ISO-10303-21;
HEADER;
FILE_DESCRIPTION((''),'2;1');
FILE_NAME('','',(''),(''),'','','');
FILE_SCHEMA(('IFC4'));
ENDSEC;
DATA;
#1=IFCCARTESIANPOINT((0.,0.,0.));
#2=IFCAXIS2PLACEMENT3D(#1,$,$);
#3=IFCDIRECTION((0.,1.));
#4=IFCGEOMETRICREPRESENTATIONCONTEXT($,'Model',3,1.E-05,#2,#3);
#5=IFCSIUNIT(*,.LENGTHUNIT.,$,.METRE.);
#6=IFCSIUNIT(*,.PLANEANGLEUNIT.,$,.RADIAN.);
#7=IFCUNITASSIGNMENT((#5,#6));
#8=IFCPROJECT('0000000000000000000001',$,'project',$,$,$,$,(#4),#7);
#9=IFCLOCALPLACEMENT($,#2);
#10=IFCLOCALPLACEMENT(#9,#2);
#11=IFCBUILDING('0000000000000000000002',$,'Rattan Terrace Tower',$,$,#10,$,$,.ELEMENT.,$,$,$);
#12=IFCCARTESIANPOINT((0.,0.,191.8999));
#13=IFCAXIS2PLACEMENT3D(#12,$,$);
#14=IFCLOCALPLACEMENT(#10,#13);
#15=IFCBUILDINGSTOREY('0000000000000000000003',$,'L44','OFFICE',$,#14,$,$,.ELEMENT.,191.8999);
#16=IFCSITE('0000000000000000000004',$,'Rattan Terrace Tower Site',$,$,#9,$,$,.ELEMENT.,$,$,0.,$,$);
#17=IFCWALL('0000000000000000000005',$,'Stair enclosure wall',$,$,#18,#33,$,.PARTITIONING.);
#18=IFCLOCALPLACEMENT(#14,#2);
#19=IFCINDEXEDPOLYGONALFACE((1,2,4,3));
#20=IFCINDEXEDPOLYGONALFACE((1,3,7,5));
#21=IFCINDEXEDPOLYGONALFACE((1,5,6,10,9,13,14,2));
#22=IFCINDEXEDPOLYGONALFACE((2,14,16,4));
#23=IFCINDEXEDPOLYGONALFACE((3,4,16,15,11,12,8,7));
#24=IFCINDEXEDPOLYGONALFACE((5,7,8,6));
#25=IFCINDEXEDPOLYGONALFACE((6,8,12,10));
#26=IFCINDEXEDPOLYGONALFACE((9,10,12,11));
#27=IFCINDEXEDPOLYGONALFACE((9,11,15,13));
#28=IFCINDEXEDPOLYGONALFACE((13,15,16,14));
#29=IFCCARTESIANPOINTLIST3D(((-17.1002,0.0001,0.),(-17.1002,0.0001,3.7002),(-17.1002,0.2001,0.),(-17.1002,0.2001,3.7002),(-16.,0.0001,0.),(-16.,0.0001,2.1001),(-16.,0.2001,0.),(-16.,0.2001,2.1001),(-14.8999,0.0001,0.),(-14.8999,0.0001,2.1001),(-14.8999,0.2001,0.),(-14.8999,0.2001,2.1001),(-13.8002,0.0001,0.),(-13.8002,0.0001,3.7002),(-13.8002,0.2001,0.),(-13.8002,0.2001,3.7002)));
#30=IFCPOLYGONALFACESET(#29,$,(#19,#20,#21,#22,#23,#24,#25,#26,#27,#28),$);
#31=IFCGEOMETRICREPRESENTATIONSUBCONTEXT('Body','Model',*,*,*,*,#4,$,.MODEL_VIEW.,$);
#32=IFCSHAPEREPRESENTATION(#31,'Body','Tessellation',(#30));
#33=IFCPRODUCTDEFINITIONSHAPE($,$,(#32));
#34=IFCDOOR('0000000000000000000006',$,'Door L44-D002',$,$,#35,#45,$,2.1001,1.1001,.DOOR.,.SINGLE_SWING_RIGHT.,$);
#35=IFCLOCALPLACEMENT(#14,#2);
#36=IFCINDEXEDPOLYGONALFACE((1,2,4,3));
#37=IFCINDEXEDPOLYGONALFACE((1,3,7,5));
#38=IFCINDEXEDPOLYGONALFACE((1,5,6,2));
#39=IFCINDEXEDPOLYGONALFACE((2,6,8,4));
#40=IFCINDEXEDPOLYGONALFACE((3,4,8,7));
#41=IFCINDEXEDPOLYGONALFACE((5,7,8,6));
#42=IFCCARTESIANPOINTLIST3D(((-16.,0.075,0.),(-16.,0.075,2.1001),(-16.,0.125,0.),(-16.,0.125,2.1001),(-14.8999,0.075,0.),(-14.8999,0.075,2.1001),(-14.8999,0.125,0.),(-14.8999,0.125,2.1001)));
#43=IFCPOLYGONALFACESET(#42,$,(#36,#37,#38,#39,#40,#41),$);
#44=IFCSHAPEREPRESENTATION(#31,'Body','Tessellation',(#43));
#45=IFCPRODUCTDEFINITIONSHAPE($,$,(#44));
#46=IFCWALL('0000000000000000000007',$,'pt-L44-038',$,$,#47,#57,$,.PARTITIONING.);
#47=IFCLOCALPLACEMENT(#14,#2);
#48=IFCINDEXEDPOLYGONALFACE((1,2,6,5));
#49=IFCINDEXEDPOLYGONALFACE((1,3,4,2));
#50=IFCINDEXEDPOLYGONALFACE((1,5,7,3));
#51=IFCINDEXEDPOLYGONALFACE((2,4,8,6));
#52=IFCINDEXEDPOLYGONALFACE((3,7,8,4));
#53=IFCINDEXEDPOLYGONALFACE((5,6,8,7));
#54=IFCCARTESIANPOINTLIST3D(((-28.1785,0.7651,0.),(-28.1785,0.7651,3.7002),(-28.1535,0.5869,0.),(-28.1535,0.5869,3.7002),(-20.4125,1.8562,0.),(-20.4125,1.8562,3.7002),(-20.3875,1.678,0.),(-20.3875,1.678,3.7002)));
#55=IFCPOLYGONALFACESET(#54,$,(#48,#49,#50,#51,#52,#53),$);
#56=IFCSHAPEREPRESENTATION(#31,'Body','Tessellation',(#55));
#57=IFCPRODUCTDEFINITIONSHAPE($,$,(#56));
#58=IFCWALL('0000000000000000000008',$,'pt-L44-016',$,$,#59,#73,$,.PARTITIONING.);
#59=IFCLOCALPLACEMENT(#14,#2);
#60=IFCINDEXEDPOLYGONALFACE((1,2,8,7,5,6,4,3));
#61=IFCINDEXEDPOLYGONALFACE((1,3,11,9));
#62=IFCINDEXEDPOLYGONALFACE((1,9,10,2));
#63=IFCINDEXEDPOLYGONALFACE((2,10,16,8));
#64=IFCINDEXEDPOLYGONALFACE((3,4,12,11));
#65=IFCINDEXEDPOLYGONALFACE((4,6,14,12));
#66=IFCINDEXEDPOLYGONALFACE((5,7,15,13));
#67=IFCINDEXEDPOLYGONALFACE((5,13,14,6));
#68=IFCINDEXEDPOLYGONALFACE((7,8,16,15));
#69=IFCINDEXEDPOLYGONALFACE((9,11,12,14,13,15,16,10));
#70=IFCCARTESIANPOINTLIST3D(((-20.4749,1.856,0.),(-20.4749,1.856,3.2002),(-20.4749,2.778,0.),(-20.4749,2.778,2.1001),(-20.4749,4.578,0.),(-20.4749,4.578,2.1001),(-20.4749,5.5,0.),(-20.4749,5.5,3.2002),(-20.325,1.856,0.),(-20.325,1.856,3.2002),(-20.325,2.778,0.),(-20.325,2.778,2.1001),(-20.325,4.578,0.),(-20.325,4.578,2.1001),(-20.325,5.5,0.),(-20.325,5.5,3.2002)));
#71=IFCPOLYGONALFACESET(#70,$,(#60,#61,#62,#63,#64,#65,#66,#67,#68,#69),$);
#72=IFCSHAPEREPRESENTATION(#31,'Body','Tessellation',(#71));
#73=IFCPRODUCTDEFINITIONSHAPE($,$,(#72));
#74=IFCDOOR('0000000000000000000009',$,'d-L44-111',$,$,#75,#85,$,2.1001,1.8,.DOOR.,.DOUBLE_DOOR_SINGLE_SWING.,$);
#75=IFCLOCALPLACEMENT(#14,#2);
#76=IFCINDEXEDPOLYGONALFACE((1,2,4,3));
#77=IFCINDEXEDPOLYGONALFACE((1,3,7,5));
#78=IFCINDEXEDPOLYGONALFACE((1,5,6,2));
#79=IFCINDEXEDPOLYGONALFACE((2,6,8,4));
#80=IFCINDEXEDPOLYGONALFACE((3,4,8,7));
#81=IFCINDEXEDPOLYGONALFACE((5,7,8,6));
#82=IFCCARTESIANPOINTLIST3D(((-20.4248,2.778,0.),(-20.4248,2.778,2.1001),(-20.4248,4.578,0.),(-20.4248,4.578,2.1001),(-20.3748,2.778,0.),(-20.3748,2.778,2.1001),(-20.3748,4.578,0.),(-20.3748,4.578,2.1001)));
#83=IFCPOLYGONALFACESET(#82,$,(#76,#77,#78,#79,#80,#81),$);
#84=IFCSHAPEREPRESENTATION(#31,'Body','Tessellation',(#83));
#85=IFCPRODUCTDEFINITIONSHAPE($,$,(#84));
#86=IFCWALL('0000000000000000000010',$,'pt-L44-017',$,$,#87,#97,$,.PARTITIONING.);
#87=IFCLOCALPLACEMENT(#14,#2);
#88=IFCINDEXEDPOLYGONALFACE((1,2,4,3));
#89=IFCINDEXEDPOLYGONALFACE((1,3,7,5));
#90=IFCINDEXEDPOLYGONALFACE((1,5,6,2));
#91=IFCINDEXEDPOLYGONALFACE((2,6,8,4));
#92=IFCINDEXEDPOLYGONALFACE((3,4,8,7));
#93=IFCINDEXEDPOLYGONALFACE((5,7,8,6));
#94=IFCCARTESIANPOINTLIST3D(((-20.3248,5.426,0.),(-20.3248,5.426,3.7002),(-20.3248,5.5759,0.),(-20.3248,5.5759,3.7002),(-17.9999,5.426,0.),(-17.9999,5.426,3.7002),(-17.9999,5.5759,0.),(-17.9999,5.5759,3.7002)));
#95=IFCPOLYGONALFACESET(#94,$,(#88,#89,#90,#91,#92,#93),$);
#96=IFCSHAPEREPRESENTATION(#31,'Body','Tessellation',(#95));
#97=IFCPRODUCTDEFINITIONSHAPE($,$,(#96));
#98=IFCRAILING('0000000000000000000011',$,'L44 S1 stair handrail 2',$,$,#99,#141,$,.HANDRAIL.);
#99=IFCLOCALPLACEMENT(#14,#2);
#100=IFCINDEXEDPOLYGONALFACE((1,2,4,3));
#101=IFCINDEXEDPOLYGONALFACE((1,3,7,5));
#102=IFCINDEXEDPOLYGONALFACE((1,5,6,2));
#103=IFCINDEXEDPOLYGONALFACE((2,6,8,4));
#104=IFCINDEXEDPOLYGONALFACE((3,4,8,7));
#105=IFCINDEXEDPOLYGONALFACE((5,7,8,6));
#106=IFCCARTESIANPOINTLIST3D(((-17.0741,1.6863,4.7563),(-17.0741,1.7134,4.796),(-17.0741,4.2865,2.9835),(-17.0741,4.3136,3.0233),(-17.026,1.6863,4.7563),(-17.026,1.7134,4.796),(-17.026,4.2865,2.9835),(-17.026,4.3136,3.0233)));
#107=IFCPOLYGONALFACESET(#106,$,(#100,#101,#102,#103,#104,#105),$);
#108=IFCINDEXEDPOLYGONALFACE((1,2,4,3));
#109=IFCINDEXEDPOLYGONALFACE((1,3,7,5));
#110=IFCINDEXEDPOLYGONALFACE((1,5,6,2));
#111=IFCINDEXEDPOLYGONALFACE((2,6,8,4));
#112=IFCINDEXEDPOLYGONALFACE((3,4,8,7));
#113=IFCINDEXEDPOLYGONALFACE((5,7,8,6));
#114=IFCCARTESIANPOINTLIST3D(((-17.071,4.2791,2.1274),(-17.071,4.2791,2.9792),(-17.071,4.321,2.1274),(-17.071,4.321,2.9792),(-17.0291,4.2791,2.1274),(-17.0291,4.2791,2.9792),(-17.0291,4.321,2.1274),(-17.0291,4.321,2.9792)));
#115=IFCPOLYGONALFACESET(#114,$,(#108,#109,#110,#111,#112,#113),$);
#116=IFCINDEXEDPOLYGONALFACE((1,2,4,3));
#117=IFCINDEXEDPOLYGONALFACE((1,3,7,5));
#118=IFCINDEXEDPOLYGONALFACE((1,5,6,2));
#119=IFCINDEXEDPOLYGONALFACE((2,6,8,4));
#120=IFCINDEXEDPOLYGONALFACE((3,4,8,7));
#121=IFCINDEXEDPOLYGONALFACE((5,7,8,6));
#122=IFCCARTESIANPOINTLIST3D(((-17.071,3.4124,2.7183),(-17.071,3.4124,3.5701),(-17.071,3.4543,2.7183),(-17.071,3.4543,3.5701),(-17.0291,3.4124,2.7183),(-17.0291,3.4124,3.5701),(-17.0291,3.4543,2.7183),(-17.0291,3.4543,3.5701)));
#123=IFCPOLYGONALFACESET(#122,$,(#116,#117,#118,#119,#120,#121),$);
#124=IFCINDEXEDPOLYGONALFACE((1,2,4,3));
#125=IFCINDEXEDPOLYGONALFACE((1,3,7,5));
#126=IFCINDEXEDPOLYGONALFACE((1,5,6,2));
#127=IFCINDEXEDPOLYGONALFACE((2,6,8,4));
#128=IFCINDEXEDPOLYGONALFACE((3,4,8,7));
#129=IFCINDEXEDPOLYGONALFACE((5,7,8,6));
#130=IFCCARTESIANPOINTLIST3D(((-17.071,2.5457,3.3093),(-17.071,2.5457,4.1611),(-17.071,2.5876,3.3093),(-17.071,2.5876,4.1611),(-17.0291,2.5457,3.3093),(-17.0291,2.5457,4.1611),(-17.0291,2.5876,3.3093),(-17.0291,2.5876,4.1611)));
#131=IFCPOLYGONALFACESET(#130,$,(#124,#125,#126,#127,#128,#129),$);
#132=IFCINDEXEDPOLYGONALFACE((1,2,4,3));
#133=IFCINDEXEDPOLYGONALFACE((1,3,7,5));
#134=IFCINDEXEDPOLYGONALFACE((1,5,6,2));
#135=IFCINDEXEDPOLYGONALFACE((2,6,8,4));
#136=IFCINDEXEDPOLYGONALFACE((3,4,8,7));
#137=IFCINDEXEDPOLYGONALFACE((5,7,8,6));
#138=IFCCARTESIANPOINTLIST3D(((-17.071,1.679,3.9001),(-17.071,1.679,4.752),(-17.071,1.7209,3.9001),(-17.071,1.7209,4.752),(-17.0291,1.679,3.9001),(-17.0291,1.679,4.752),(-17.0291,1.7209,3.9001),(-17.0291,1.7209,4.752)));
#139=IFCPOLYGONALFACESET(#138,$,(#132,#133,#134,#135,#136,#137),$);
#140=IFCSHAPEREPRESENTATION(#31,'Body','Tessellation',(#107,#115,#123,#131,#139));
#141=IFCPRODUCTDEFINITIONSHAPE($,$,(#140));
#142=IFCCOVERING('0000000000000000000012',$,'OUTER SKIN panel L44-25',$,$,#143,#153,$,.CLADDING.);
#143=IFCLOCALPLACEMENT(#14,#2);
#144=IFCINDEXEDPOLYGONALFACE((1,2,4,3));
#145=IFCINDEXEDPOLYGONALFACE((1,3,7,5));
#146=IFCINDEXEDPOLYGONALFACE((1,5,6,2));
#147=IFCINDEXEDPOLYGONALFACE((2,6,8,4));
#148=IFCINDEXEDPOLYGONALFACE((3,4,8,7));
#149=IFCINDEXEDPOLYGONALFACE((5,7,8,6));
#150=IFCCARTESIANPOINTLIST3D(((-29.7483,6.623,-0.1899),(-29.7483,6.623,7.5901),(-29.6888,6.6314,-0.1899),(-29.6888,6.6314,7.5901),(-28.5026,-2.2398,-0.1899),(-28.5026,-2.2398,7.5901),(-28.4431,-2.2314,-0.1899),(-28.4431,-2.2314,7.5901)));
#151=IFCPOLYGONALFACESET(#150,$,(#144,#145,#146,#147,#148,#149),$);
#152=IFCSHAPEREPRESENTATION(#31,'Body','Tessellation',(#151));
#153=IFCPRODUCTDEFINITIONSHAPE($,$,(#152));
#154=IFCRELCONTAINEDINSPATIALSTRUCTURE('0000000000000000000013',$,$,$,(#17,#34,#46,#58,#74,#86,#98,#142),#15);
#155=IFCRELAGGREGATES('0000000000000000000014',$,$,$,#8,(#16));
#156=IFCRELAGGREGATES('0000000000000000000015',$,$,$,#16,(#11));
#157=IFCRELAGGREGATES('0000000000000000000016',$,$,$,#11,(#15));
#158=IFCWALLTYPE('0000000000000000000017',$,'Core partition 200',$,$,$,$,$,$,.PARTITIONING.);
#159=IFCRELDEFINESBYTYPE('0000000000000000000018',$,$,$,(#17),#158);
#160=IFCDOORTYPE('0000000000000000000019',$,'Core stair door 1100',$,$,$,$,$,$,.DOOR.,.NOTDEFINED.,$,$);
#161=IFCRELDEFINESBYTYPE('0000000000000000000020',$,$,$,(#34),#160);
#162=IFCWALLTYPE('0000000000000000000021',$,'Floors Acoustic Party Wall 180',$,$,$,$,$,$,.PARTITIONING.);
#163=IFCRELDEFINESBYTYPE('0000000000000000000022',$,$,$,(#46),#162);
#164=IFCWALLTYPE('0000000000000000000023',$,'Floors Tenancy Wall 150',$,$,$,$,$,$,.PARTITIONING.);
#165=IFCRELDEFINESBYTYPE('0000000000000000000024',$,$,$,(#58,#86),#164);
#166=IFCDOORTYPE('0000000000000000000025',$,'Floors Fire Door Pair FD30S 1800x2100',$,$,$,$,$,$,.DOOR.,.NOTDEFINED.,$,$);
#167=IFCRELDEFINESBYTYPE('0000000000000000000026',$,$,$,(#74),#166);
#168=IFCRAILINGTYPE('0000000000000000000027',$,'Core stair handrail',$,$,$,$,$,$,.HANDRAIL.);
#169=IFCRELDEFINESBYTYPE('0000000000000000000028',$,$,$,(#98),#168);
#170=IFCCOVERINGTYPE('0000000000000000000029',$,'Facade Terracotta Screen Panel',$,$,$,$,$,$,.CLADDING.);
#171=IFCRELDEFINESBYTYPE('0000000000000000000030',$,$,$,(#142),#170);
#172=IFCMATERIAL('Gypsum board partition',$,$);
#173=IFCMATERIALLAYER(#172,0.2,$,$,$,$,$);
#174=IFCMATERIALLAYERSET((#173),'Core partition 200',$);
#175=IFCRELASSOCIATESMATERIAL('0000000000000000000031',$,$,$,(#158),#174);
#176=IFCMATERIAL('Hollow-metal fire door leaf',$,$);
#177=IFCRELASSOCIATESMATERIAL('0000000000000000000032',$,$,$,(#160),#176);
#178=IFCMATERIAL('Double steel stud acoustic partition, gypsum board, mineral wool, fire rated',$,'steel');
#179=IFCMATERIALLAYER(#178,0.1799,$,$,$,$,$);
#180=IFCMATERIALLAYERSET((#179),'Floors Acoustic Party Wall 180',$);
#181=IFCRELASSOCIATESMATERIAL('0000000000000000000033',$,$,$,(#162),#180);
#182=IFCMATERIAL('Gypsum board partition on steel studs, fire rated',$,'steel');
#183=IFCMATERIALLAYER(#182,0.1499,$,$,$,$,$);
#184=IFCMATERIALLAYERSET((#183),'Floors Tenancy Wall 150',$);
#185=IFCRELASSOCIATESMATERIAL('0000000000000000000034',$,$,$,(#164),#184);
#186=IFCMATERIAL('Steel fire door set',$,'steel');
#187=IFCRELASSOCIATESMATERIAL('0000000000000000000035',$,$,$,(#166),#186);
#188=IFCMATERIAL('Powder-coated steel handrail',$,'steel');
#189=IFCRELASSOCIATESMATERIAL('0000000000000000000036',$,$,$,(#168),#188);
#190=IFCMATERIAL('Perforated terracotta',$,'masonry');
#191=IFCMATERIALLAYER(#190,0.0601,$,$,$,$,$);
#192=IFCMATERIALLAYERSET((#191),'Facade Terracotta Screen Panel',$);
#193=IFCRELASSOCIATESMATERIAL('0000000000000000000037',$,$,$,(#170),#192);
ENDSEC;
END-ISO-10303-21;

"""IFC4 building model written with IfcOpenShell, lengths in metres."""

from ifc_helpers import new_model, si_unit, direction, frame, frame_2d, origin, origin_2d, place, context, subcontext, project, spatial, rectangle, extrude, material, layer, layer_set, type_object, element, fill, save


model = new_model("IFC4")

# Units and contexts
model_context = context("Model", 3, precision=1e-05, world=origin(), true_north=direction((0.0, 1.0)))
body_context = subcontext(model_context, "Body", "Model", "MODEL_VIEW")
ifc_project = project(units=[si_unit("LENGTHUNIT", "METRE"), si_unit("PLANEANGLEUNIT", "RADIAN")], contexts=[model_context])

# Site, building, storey
site_placement = place(None, origin())
site = spatial("IfcSite", under=ifc_project, at=site_placement, Name="Rattan Terrace Tower Site", CompositionType="ELEMENT", RefElevation=0.0)
building_placement = place(site_placement, origin())
building = spatial("IfcBuilding", under=site, at=building_placement, Name="Rattan Terrace Tower", CompositionType="ELEMENT")
storey_placement = place(building_placement, frame((0.0, 0.0, 191.8999)))
storey = spatial("IfcBuildingStorey", under=building, at=storey_placement, Name="L44", Description="OFFICE", CompositionType="ELEMENT", Elevation=191.8999)

# Wall, opening, door
ifc_material_1 = material(Name="Gypsum board partition")
ifc_layer_1 = layer(ifc_material_1, 0.2)
ifc_layer_set_1 = layer_set([ifc_layer_1], Name="Core partition 200")
wall_type_1 = type_object("IfcWallType", Name="Core partition 200", PredefinedType="PARTITIONING", material=ifc_layer_set_1)
wall_1_placement = place(storey_placement, frame((-17.1001, 0.1001, 0.0), z_axis=(0.0, 0.0, 1.0), x_axis=(1.0, 0.0, 0.0)))
wall_1 = element("IfcWall", 1, at=wall_1_placement, inside=storey, type_object=wall_type_1, Name="Stair enclosure wall", PredefinedType="PARTITIONING", context=body_context, shape_type="SweptSolid", body=[
    extrude(rectangle(XDim=3.3, YDim=0.2, at=frame_2d((1.6499, 0.0))), origin(), (0.0, 0.0, 1.0), 3.7002),
])
opening_1_placement = place(wall_1_placement, frame((1.1001, 0.0, 0.0)))
opening_1 = element("IfcOpeningElement", 2, at=opening_1_placement, cuts=wall_1, PredefinedType="OPENING", context=body_context, shape_type="SweptSolid", body=[
    extrude(rectangle(XDim=1.1001, YDim=2.1001, at=frame_2d((0.55, 1.05))), frame((0.0, 0.1106, 0.0), z_axis=(0.0, -1.0, 0.0), x_axis=(1.0, 0.0, 0.0)), (0.0, 0.0, 1.0), 0.2209),
])
ifc_material_2 = material(Name="Hollow-metal fire door leaf")
door_type_1 = type_object("IfcDoorType", Name="Core stair door 1100", OperationType="NOTDEFINED", PredefinedType="DOOR", material=ifc_material_2)
door_1_placement = place(opening_1_placement, origin())
door_1 = element("IfcDoor", 3, at=door_1_placement, inside=storey, type_object=door_type_1, Name="Door L44-D002", OperationType="SINGLE_SWING_RIGHT", OverallHeight=2.1001, OverallWidth=1.1001, PredefinedType="DOOR", context=body_context, shape_type="SweptSolid", body=[
    extrude(rectangle(XDim=1.1001, YDim=2.1001, at=frame_2d((0.55, 1.05))), frame((0.0, 0.0249, 0.0), z_axis=(0.0, -1.0, 0.0), x_axis=(1.0, 0.0, 0.0)), (0.0, 0.0, 1.0), 0.05),
])
fill(opening_1, door_1)

# Wall
ifc_material_3 = material(Name="Double steel stud acoustic partition, gypsum board, mineral wool, fire rated", Category="steel")
ifc_layer_2 = layer(ifc_material_3, 0.1799)
ifc_layer_set_2 = layer_set([ifc_layer_2], Name="Floors Acoustic Party Wall 180")
wall_type_2 = type_object("IfcWallType", Name="Floors Acoustic Party Wall 180", PredefinedType="PARTITIONING", material=ifc_layer_set_2)
wall_2_placement = place(storey_placement, frame((-28.166, 0.676, 0.0), z_axis=(0.0, 0.0, 1.0), x_axis=(0.990275, 0.139124, 0.0)))
element("IfcWall", 4, at=wall_2_placement, inside=storey, type_object=wall_type_2, Name="pt-L44-038", PredefinedType="PARTITIONING", context=body_context, shape_type="SweptSolid", body=[
    extrude(rectangle(XDim=7.8423, YDim=0.1799, at=frame_2d((3.9211, 0.0))), origin(), (0.0, 0.0, 1.0), 3.7002),
])

# Wall, opening, door
ifc_material_4 = material(Name="Gypsum board partition on steel studs, fire rated", Category="steel")
ifc_layer_3 = layer(ifc_material_4, 0.1499)
ifc_layer_set_3 = layer_set([ifc_layer_3], Name="Floors Tenancy Wall 150")
wall_type_3 = type_object("IfcWallType", Name="Floors Tenancy Wall 150", PredefinedType="PARTITIONING", material=ifc_layer_set_3)
wall_3_placement = place(storey_placement, frame((-20.3999, 1.856, 0.0), z_axis=(0.0, 0.0, 1.0), x_axis=(0.0, 1.0, 0.0)))
wall_3 = element("IfcWall", 5, at=wall_3_placement, inside=storey, type_object=wall_type_3, Name="pt-L44-016", PredefinedType="PARTITIONING", context=body_context, shape_type="SweptSolid", body=[
    extrude(rectangle(XDim=3.644, YDim=0.1499, at=frame_2d((1.822, 0.0))), origin(), (0.0, 0.0, 1.0), 3.2002),
])
opening_2_placement = place(wall_3_placement, frame((0.9221, 0.0, 0.0)))
opening_2 = element("IfcOpeningElement", 6, at=opening_2_placement, cuts=wall_3, PredefinedType="OPENING", context=body_context, shape_type="SweptSolid", body=[
    extrude(rectangle(XDim=1.8, YDim=2.1001, at=frame_2d((0.8999, 1.05))), frame((0.0, 0.0854, 0.0), z_axis=(0.0, -1.0, 0.0), x_axis=(1.0, 0.0, 0.0)), (0.0, 0.0, 1.0), 0.1709),
])
ifc_material_5 = material(Name="Steel fire door set", Category="steel")
door_type_2 = type_object("IfcDoorType", Name="Floors Fire Door Pair FD30S 1800x2100", OperationType="NOTDEFINED", PredefinedType="DOOR", material=ifc_material_5)
door_2_placement = place(opening_2_placement, origin())
door_2 = element("IfcDoor", 7, at=door_2_placement, inside=storey, type_object=door_type_2, Name="d-L44-111", OperationType="DOUBLE_DOOR_SINGLE_SWING", OverallHeight=2.1001, OverallWidth=1.8, PredefinedType="DOOR", context=body_context, shape_type="SweptSolid", body=[
    extrude(rectangle(XDim=1.8, YDim=2.1001, at=frame_2d((0.8999, 1.05))), frame((0.0, 0.0249, 0.0), z_axis=(0.0, -1.0, 0.0), x_axis=(1.0, 0.0, 0.0)), (0.0, 0.0, 1.0), 0.05),
])
fill(opening_2, door_2)

# Wall
wall_4_placement = place(storey_placement, frame((-20.325, 5.501, 0.0), z_axis=(0.0, 0.0, 1.0), x_axis=(1.0, 0.0, 0.0)))
element("IfcWall", 8, at=wall_4_placement, inside=storey, type_object=wall_type_3, Name="pt-L44-017", PredefinedType="PARTITIONING", context=body_context, shape_type="SweptSolid", body=[
    extrude(rectangle(XDim=2.325, YDim=0.1499, at=frame_2d((1.1626, 0.0))), origin(), (0.0, 0.0, 1.0), 3.7002),
])

# Railing
ifc_material_6 = material(Name="Powder-coated steel handrail", Category="steel")
railing_type = type_object("IfcRailingType", Name="Core stair handrail", PredefinedType="HANDRAIL", material=ifc_material_6)
railing_placement = place(storey_placement, frame((-17.05, 4.3, 2.1274)))
element("IfcRailing", 9, at=railing_placement, inside=storey, type_object=railing_type, Name="L44 S1 stair handrail 2", PredefinedType="HANDRAIL", context=body_context, shape_type="SweptSolid", body=[
    extrude(rectangle(XDim=0.0481, YDim=0.0481, at=origin_2d()), frame((0.0, 0.0, 0.876), z_axis=(0.0, -0.82624, 0.563318), x_axis=(1.0, 0.0, 0.0)), (0.0, 0.0, 1.0), 3.147),
    extrude(rectangle(XDim=0.042, YDim=0.042, at=origin_2d()), origin(), (0.0, 0.0, 1.0), 0.8518),
    extrude(rectangle(XDim=0.042, YDim=0.042, at=origin_2d()), frame((0.0, -0.8667, 0.5908)), (0.0, 0.0, 1.0), 0.8518),
    extrude(rectangle(XDim=0.042, YDim=0.042, at=origin_2d()), frame((0.0, -1.7334, 1.1819)), (0.0, 0.0, 1.0), 0.8518),
    extrude(rectangle(XDim=0.042, YDim=0.042, at=origin_2d()), frame((0.0, -2.6001, 1.7727)), (0.0, 0.0, 1.0), 0.8518),
])

# Covering
ifc_material_7 = material(Name="Perforated terracotta", Category="masonry")
ifc_layer_4 = layer(ifc_material_7, 0.0601)
ifc_layer_set_4 = layer_set([ifc_layer_4], Name="Facade Terracotta Screen Panel")
covering_type = type_object("IfcCoveringType", Name="Facade Terracotta Screen Panel", PredefinedType="CLADDING", material=ifc_layer_set_4)
covering_placement = place(storey_placement, frame((-29.0957, 2.1958, -0.1899), z_axis=(0.0, 0.0, 1.0), x_axis=(0.139191, -0.990266, 0.0)))
element("IfcCovering", 10, at=covering_placement, inside=storey, type_object=covering_type, Name="OUTER SKIN panel L44-25", PredefinedType="CLADDING", context=body_context, shape_type="SweptSolid", body=[
    extrude(rectangle(XDim=8.95, YDim=0.0601, at=origin_2d()), origin(), (0.0, 0.0, 1.0), 7.78),
])

save(model, "model.ifc")
